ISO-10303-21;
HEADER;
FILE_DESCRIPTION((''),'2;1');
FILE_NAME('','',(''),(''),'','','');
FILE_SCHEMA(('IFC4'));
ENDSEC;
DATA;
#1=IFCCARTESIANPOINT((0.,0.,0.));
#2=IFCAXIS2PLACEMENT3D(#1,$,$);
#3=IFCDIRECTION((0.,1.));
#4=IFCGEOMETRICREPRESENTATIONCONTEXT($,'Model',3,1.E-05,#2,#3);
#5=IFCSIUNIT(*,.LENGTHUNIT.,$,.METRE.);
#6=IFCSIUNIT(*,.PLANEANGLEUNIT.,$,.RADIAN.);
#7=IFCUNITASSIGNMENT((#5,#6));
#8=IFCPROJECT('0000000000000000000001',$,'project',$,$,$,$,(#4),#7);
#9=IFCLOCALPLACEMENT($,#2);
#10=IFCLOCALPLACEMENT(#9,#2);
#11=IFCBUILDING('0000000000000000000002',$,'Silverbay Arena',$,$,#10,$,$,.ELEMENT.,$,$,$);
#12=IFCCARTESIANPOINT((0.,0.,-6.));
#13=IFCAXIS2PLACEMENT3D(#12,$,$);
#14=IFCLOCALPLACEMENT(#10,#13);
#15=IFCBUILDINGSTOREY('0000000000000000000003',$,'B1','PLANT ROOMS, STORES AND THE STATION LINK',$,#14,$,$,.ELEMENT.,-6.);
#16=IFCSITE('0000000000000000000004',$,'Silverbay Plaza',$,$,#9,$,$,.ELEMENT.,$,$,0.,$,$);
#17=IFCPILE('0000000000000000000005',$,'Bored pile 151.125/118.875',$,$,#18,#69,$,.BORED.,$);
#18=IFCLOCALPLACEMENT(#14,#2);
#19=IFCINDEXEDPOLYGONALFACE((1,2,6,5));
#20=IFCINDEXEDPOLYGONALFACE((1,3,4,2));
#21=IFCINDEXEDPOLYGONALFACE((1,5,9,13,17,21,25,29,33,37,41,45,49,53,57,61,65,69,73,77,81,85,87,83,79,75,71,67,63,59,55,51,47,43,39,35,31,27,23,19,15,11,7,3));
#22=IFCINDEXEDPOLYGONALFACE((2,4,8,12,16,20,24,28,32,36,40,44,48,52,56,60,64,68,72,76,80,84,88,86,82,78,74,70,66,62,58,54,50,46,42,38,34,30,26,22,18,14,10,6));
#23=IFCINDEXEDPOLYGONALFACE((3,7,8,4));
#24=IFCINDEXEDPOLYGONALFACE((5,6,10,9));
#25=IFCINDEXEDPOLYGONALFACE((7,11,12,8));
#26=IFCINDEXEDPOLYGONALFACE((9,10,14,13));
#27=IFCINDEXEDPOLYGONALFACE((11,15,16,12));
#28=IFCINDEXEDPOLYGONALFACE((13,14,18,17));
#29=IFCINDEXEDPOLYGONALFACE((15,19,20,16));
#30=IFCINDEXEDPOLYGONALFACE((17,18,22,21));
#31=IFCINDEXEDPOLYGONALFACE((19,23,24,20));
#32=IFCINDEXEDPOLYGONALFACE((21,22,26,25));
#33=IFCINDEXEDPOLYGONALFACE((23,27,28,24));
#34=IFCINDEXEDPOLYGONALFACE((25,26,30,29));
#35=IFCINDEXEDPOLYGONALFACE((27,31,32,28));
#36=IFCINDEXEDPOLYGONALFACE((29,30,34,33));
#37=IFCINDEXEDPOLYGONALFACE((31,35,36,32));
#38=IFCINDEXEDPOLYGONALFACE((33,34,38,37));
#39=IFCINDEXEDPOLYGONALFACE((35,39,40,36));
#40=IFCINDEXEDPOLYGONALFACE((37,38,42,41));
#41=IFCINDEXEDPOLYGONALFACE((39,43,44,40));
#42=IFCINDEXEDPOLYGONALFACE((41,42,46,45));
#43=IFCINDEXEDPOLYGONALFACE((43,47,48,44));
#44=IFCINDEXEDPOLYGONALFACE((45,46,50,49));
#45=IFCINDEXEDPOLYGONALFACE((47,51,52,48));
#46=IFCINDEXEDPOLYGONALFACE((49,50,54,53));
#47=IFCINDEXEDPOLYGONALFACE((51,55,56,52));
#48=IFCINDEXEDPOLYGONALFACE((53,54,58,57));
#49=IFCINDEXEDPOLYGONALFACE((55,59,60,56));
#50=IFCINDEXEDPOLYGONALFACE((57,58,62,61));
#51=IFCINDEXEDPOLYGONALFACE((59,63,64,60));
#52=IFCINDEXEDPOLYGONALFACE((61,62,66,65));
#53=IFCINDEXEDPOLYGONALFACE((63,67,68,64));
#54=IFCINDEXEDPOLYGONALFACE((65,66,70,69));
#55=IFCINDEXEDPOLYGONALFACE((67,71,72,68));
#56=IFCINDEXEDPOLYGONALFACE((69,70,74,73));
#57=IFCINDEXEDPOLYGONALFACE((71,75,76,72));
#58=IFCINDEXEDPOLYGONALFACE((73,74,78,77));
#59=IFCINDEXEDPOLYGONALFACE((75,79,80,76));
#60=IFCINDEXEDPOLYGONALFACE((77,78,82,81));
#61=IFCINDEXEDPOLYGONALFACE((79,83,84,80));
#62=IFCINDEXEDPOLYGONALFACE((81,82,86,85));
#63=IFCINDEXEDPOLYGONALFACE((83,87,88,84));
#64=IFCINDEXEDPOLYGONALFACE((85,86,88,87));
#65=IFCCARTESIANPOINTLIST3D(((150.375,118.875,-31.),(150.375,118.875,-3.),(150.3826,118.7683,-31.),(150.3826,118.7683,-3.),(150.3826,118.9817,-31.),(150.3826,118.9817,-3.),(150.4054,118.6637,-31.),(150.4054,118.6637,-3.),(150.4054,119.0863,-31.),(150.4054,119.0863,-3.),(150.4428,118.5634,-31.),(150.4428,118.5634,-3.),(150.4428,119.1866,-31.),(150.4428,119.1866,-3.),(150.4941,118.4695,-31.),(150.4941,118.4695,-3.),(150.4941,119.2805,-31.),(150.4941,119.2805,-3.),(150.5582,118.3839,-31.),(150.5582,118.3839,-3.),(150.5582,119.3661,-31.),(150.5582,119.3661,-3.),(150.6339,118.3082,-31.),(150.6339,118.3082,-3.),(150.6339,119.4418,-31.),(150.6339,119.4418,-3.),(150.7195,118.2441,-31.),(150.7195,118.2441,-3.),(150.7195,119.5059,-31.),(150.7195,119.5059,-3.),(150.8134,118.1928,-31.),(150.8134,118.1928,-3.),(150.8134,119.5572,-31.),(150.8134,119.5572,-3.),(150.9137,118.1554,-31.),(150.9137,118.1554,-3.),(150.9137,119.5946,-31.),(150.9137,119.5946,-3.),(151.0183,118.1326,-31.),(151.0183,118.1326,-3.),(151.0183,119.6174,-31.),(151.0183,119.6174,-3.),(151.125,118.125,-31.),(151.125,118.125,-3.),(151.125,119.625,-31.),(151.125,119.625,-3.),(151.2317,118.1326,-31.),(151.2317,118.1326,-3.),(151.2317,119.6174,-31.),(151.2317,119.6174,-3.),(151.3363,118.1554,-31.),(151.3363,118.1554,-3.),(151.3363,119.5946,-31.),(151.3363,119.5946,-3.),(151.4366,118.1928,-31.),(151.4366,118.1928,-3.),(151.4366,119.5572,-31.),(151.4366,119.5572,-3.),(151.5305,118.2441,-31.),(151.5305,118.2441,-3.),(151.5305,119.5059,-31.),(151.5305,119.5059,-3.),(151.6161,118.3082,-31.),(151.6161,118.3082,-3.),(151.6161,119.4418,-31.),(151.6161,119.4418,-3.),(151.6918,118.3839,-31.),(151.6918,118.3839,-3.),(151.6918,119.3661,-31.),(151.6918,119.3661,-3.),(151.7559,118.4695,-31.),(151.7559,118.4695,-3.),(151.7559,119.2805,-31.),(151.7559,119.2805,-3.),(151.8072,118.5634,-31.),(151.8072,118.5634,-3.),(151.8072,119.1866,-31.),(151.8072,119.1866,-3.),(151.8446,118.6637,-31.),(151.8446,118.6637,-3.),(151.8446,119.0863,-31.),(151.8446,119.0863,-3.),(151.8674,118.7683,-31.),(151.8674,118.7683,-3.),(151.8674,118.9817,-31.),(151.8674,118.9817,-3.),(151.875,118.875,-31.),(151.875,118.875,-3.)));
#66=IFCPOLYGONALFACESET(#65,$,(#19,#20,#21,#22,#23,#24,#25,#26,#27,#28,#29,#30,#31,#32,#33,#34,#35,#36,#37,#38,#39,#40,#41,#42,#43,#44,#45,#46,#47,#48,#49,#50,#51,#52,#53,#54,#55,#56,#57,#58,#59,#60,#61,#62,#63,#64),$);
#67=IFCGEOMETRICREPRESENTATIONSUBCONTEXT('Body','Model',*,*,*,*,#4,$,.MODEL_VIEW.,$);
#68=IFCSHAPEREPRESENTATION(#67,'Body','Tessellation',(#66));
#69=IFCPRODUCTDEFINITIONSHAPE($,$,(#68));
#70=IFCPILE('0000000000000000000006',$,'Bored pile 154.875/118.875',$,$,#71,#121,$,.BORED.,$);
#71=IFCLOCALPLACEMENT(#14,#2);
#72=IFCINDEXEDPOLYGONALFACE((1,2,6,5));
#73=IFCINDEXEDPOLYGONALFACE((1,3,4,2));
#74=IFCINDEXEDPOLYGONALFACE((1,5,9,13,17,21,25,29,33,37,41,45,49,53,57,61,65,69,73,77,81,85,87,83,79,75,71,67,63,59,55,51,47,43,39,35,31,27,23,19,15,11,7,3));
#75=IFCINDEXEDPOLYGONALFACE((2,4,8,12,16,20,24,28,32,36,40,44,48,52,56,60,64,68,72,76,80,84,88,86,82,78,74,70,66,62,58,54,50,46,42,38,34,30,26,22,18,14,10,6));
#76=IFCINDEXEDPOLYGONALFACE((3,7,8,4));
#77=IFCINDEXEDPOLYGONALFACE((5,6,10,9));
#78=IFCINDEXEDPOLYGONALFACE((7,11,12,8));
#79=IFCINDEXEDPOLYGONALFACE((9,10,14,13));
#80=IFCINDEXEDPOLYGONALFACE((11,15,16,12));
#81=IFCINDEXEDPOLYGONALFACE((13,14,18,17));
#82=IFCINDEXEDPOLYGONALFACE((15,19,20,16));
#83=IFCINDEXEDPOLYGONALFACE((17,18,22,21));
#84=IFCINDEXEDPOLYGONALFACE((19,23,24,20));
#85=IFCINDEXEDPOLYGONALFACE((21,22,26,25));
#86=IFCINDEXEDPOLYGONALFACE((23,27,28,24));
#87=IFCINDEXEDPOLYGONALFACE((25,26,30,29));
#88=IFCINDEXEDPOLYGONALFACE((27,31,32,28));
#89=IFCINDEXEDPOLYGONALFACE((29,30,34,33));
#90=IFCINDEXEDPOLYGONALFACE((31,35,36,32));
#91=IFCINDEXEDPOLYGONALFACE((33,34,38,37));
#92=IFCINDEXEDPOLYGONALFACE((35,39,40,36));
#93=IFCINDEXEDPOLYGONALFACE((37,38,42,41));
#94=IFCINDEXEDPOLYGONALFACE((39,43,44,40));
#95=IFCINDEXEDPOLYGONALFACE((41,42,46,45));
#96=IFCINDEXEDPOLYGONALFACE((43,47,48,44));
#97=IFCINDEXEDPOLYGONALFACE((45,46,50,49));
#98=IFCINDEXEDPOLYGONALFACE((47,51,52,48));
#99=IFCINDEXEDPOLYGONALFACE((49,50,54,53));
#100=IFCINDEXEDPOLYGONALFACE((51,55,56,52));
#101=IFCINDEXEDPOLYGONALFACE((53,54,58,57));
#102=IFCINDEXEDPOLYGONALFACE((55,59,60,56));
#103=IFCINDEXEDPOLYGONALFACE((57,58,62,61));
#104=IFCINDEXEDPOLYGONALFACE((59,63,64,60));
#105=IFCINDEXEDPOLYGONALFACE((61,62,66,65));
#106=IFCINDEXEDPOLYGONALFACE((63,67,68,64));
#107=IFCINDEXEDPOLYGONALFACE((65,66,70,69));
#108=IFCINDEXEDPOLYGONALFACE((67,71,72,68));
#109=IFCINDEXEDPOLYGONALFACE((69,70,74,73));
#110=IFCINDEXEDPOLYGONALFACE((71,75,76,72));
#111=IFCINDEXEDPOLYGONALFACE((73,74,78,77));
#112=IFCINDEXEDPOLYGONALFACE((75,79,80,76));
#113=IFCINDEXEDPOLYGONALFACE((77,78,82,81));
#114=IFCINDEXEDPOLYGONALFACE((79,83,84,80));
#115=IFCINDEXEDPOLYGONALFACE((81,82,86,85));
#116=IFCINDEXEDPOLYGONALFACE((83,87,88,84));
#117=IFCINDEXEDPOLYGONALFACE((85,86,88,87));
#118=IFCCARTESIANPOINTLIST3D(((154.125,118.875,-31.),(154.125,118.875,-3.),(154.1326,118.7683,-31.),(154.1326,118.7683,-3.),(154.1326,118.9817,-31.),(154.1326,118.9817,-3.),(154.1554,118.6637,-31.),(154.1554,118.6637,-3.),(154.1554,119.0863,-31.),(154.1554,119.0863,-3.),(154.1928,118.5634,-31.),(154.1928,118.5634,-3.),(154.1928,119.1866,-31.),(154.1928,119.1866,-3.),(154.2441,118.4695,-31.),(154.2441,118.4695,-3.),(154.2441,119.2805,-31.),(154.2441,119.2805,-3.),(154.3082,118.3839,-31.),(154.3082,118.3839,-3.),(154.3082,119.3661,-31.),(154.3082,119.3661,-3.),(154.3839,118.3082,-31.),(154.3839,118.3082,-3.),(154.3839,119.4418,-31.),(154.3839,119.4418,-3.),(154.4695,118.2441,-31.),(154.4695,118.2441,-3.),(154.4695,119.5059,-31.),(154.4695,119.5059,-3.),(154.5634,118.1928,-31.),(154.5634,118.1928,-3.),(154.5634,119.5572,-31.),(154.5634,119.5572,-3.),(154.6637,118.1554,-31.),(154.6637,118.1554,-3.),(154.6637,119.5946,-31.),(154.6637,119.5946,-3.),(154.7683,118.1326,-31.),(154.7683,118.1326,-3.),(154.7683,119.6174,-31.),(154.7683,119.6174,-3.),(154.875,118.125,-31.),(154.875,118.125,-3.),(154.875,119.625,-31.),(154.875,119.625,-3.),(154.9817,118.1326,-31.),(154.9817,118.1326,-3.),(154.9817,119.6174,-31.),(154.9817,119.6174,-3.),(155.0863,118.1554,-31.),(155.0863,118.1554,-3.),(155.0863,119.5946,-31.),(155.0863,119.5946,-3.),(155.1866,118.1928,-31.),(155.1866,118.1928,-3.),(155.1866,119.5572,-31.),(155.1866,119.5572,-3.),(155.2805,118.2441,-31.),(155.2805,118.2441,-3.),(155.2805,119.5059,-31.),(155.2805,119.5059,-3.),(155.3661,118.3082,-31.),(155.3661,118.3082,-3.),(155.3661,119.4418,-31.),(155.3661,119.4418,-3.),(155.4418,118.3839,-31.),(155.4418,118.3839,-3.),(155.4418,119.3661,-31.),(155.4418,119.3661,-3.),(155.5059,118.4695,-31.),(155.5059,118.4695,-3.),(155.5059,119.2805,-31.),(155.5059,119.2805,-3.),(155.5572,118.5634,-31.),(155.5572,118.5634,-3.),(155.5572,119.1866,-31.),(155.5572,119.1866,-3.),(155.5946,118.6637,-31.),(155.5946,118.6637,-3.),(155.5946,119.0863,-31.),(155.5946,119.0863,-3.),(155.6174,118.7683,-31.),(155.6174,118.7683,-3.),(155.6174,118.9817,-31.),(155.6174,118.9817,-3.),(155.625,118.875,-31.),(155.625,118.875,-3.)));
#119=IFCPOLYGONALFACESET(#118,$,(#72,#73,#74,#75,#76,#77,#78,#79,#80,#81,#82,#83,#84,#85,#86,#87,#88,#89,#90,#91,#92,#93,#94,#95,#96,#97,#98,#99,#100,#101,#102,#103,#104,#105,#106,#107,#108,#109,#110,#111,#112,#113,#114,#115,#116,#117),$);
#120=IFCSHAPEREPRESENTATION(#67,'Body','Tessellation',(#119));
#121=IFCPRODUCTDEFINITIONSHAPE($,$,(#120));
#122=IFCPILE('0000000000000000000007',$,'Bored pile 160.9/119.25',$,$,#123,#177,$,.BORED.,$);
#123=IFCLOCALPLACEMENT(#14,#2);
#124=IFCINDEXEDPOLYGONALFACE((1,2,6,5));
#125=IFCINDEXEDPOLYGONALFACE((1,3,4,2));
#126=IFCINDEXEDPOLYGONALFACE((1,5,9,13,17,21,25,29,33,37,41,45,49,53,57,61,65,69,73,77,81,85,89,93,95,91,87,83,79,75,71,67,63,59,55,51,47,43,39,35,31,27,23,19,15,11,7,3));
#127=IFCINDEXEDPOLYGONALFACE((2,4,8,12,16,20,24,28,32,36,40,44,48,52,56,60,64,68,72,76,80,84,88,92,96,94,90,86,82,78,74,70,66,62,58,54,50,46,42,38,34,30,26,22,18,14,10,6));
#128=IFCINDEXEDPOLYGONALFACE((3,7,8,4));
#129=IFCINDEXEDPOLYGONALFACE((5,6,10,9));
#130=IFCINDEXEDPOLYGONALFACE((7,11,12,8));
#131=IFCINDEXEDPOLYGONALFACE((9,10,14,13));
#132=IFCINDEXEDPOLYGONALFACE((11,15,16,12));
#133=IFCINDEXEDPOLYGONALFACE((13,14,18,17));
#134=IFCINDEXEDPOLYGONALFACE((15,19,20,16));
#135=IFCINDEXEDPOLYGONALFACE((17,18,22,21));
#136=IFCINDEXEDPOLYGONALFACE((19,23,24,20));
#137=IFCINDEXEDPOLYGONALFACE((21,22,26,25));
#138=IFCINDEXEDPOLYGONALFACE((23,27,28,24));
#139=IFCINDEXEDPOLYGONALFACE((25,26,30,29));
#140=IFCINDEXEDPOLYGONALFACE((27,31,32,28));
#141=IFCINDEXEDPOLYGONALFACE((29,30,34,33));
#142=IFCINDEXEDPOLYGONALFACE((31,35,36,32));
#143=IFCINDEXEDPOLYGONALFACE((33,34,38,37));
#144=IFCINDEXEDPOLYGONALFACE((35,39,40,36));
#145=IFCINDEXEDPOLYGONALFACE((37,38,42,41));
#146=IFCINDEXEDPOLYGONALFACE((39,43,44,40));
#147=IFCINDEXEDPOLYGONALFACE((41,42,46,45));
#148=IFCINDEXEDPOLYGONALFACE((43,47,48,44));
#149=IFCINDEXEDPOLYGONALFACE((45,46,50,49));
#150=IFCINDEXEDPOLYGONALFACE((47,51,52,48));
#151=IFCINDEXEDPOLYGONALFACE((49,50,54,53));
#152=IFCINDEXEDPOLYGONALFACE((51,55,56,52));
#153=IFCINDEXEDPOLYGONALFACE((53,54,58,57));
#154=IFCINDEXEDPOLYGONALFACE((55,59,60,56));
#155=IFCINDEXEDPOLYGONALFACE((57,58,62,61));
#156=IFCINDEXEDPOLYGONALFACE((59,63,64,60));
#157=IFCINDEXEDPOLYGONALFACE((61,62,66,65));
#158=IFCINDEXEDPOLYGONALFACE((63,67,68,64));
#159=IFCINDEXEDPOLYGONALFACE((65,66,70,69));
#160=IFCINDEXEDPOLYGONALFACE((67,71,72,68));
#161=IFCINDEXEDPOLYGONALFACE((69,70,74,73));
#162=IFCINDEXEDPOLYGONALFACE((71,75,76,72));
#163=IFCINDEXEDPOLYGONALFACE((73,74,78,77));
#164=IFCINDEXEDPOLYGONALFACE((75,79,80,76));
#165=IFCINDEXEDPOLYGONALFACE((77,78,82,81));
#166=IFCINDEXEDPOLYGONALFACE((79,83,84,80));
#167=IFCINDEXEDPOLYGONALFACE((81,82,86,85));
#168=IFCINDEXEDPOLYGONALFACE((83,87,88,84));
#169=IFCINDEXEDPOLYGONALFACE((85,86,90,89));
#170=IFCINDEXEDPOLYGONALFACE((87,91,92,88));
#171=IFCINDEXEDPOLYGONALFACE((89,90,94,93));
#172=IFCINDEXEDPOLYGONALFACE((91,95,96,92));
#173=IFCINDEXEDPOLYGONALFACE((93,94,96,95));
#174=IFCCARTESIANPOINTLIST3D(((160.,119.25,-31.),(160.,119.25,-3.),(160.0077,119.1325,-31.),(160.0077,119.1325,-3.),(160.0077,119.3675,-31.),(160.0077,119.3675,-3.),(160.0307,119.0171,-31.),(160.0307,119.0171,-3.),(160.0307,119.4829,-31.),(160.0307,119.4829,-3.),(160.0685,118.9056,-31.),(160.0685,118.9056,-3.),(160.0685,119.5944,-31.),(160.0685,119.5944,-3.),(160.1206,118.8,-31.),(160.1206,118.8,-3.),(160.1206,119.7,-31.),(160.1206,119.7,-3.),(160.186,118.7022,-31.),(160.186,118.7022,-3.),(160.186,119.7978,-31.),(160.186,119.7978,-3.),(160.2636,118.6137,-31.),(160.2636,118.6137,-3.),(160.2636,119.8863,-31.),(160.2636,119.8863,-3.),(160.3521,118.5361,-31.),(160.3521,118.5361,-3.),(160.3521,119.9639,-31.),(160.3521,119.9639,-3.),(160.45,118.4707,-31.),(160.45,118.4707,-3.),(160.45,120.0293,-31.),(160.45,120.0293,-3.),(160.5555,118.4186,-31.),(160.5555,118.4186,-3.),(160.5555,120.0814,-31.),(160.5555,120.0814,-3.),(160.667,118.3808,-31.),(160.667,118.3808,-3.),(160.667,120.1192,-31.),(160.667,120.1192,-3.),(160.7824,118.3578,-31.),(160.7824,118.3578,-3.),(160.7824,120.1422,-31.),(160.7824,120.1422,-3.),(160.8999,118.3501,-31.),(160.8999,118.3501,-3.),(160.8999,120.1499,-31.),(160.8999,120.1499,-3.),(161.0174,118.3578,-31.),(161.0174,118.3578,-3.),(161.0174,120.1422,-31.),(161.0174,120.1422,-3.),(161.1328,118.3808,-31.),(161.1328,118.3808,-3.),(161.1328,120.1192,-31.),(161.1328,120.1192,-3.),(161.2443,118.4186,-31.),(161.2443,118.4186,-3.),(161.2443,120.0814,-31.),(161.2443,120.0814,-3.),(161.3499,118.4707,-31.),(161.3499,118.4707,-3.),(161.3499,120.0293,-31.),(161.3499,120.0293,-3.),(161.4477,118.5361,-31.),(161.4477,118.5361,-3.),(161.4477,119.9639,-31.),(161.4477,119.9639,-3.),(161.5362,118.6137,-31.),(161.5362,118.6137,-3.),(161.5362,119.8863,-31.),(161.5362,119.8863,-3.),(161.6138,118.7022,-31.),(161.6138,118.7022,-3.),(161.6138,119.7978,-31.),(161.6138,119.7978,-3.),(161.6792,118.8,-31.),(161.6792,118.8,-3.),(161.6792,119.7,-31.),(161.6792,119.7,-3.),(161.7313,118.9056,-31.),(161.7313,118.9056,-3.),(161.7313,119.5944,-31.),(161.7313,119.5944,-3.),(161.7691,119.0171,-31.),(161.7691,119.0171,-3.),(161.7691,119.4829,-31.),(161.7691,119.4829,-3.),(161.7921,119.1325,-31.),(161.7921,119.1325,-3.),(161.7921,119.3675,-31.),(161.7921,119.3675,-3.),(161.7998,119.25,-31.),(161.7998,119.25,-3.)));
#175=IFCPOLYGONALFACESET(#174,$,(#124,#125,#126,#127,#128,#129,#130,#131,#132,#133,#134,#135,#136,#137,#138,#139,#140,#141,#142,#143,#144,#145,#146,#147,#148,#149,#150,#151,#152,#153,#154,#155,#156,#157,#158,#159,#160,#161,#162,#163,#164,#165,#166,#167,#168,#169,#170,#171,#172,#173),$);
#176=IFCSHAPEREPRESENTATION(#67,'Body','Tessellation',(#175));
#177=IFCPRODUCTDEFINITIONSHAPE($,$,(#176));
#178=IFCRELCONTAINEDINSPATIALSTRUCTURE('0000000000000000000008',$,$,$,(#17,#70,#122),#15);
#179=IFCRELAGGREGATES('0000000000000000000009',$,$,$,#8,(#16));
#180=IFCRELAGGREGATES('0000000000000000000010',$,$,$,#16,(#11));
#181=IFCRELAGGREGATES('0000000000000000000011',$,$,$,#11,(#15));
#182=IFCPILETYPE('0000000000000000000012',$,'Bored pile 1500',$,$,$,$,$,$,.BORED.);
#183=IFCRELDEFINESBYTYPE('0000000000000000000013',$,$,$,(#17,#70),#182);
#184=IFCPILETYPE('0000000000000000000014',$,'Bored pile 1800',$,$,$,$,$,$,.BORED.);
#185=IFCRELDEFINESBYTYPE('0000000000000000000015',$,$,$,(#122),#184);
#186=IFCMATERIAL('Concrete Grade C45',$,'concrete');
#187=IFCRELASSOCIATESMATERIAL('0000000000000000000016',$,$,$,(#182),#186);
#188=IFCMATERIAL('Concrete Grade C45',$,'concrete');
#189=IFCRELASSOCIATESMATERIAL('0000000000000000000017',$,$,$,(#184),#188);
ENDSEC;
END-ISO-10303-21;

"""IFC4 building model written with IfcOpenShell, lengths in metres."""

from ifc_helpers import new_model, si_unit, direction, frame, origin, origin_2d, place, context, subcontext, project, spatial, circle, extrude, material, material_profile, profile_set, type_object, element, save


model = new_model("IFC4")

# Units and contexts
model_context = context("Model", 3, precision=1e-05, world=origin(), true_north=direction((0.0, 1.0)))
body_context = subcontext(model_context, "Body", "Model", "MODEL_VIEW")
ifc_project = project(units=[si_unit("LENGTHUNIT", "METRE"), si_unit("PLANEANGLEUNIT", "RADIAN")], contexts=[model_context])

# Site, building, storey
site_placement = place(None, origin())
site = spatial("IfcSite", under=ifc_project, at=site_placement, Name="Silverbay Plaza", CompositionType="ELEMENT", RefElevation=0.0)
building_placement = place(site_placement, origin())
building = spatial("IfcBuilding", under=site, at=building_placement, Name="Silverbay Arena", CompositionType="ELEMENT")
storey_placement = place(building_placement, frame((0.0, 0.0, -6.0)))
storey = spatial("IfcBuildingStorey", under=building, at=storey_placement, Name="B1", Description="PLANT ROOMS, STORES AND THE STATION LINK", CompositionType="ELEMENT", Elevation=-6.0)

# Piles
ifc_material_1 = material(Name="Concrete Grade C45", Category="concrete")
ifc_material_profile_1 = material_profile(ifc_material_1, circle(Radius=0.75, at=origin_2d()), Name="Bored pile 1500")
ifc_profile_set_1 = profile_set([ifc_material_profile_1], Name="Concrete Grade C45")
pile_type_1 = type_object("IfcPileType", Name="Bored pile 1500", PredefinedType="BORED", material=ifc_profile_set_1)
for number, where, z_axis, x_axis, name in (
    (1, (151.125, 118.875, -3.0), (0.0, 0.0, -1.0), (1.0, 0.0, 0.0), "Bored pile 151.125/118.875"),
    (2, (154.875, 118.875, -3.0), (0.0, 0.0, -1.0), (1.0, 0.0, 0.0), "Bored pile 154.875/118.875"),
):
    element("IfcPile", number, at=place(storey_placement, frame(where, z_axis=z_axis, x_axis=x_axis)), inside=storey, type_object=pile_type_1, Name=name, PredefinedType="BORED", context=body_context, shape_type="SweptSolid", body=[
        extrude(circle(Radius=0.75, at=origin_2d()), origin(), (0.0, 0.0, 1.0), 28.0),
    ])
ifc_material_2 = material(Name="Concrete Grade C45", Category="concrete")
ifc_material_profile_2 = material_profile(ifc_material_2, circle(Radius=0.8999, at=origin_2d()), Name="Bored pile 1800")
ifc_profile_set_2 = profile_set([ifc_material_profile_2], Name="Concrete Grade C45")
pile_type_2 = type_object("IfcPileType", Name="Bored pile 1800", PredefinedType="BORED", material=ifc_profile_set_2)
for number, where, z_axis, x_axis, name in (
    (3, (160.8999, 119.25, -3.0), (0.0, 0.0, -1.0), (1.0, 0.0, 0.0), "Bored pile 160.9/119.25"),
):
    element("IfcPile", number, at=place(storey_placement, frame(where, z_axis=z_axis, x_axis=x_axis)), inside=storey, type_object=pile_type_2, Name=name, PredefinedType="BORED", context=body_context, shape_type="SweptSolid", body=[
        extrude(circle(Radius=0.8999, at=origin_2d()), origin(), (0.0, 0.0, 1.0), 28.0),
    ])

save(model, "model.ifc")
